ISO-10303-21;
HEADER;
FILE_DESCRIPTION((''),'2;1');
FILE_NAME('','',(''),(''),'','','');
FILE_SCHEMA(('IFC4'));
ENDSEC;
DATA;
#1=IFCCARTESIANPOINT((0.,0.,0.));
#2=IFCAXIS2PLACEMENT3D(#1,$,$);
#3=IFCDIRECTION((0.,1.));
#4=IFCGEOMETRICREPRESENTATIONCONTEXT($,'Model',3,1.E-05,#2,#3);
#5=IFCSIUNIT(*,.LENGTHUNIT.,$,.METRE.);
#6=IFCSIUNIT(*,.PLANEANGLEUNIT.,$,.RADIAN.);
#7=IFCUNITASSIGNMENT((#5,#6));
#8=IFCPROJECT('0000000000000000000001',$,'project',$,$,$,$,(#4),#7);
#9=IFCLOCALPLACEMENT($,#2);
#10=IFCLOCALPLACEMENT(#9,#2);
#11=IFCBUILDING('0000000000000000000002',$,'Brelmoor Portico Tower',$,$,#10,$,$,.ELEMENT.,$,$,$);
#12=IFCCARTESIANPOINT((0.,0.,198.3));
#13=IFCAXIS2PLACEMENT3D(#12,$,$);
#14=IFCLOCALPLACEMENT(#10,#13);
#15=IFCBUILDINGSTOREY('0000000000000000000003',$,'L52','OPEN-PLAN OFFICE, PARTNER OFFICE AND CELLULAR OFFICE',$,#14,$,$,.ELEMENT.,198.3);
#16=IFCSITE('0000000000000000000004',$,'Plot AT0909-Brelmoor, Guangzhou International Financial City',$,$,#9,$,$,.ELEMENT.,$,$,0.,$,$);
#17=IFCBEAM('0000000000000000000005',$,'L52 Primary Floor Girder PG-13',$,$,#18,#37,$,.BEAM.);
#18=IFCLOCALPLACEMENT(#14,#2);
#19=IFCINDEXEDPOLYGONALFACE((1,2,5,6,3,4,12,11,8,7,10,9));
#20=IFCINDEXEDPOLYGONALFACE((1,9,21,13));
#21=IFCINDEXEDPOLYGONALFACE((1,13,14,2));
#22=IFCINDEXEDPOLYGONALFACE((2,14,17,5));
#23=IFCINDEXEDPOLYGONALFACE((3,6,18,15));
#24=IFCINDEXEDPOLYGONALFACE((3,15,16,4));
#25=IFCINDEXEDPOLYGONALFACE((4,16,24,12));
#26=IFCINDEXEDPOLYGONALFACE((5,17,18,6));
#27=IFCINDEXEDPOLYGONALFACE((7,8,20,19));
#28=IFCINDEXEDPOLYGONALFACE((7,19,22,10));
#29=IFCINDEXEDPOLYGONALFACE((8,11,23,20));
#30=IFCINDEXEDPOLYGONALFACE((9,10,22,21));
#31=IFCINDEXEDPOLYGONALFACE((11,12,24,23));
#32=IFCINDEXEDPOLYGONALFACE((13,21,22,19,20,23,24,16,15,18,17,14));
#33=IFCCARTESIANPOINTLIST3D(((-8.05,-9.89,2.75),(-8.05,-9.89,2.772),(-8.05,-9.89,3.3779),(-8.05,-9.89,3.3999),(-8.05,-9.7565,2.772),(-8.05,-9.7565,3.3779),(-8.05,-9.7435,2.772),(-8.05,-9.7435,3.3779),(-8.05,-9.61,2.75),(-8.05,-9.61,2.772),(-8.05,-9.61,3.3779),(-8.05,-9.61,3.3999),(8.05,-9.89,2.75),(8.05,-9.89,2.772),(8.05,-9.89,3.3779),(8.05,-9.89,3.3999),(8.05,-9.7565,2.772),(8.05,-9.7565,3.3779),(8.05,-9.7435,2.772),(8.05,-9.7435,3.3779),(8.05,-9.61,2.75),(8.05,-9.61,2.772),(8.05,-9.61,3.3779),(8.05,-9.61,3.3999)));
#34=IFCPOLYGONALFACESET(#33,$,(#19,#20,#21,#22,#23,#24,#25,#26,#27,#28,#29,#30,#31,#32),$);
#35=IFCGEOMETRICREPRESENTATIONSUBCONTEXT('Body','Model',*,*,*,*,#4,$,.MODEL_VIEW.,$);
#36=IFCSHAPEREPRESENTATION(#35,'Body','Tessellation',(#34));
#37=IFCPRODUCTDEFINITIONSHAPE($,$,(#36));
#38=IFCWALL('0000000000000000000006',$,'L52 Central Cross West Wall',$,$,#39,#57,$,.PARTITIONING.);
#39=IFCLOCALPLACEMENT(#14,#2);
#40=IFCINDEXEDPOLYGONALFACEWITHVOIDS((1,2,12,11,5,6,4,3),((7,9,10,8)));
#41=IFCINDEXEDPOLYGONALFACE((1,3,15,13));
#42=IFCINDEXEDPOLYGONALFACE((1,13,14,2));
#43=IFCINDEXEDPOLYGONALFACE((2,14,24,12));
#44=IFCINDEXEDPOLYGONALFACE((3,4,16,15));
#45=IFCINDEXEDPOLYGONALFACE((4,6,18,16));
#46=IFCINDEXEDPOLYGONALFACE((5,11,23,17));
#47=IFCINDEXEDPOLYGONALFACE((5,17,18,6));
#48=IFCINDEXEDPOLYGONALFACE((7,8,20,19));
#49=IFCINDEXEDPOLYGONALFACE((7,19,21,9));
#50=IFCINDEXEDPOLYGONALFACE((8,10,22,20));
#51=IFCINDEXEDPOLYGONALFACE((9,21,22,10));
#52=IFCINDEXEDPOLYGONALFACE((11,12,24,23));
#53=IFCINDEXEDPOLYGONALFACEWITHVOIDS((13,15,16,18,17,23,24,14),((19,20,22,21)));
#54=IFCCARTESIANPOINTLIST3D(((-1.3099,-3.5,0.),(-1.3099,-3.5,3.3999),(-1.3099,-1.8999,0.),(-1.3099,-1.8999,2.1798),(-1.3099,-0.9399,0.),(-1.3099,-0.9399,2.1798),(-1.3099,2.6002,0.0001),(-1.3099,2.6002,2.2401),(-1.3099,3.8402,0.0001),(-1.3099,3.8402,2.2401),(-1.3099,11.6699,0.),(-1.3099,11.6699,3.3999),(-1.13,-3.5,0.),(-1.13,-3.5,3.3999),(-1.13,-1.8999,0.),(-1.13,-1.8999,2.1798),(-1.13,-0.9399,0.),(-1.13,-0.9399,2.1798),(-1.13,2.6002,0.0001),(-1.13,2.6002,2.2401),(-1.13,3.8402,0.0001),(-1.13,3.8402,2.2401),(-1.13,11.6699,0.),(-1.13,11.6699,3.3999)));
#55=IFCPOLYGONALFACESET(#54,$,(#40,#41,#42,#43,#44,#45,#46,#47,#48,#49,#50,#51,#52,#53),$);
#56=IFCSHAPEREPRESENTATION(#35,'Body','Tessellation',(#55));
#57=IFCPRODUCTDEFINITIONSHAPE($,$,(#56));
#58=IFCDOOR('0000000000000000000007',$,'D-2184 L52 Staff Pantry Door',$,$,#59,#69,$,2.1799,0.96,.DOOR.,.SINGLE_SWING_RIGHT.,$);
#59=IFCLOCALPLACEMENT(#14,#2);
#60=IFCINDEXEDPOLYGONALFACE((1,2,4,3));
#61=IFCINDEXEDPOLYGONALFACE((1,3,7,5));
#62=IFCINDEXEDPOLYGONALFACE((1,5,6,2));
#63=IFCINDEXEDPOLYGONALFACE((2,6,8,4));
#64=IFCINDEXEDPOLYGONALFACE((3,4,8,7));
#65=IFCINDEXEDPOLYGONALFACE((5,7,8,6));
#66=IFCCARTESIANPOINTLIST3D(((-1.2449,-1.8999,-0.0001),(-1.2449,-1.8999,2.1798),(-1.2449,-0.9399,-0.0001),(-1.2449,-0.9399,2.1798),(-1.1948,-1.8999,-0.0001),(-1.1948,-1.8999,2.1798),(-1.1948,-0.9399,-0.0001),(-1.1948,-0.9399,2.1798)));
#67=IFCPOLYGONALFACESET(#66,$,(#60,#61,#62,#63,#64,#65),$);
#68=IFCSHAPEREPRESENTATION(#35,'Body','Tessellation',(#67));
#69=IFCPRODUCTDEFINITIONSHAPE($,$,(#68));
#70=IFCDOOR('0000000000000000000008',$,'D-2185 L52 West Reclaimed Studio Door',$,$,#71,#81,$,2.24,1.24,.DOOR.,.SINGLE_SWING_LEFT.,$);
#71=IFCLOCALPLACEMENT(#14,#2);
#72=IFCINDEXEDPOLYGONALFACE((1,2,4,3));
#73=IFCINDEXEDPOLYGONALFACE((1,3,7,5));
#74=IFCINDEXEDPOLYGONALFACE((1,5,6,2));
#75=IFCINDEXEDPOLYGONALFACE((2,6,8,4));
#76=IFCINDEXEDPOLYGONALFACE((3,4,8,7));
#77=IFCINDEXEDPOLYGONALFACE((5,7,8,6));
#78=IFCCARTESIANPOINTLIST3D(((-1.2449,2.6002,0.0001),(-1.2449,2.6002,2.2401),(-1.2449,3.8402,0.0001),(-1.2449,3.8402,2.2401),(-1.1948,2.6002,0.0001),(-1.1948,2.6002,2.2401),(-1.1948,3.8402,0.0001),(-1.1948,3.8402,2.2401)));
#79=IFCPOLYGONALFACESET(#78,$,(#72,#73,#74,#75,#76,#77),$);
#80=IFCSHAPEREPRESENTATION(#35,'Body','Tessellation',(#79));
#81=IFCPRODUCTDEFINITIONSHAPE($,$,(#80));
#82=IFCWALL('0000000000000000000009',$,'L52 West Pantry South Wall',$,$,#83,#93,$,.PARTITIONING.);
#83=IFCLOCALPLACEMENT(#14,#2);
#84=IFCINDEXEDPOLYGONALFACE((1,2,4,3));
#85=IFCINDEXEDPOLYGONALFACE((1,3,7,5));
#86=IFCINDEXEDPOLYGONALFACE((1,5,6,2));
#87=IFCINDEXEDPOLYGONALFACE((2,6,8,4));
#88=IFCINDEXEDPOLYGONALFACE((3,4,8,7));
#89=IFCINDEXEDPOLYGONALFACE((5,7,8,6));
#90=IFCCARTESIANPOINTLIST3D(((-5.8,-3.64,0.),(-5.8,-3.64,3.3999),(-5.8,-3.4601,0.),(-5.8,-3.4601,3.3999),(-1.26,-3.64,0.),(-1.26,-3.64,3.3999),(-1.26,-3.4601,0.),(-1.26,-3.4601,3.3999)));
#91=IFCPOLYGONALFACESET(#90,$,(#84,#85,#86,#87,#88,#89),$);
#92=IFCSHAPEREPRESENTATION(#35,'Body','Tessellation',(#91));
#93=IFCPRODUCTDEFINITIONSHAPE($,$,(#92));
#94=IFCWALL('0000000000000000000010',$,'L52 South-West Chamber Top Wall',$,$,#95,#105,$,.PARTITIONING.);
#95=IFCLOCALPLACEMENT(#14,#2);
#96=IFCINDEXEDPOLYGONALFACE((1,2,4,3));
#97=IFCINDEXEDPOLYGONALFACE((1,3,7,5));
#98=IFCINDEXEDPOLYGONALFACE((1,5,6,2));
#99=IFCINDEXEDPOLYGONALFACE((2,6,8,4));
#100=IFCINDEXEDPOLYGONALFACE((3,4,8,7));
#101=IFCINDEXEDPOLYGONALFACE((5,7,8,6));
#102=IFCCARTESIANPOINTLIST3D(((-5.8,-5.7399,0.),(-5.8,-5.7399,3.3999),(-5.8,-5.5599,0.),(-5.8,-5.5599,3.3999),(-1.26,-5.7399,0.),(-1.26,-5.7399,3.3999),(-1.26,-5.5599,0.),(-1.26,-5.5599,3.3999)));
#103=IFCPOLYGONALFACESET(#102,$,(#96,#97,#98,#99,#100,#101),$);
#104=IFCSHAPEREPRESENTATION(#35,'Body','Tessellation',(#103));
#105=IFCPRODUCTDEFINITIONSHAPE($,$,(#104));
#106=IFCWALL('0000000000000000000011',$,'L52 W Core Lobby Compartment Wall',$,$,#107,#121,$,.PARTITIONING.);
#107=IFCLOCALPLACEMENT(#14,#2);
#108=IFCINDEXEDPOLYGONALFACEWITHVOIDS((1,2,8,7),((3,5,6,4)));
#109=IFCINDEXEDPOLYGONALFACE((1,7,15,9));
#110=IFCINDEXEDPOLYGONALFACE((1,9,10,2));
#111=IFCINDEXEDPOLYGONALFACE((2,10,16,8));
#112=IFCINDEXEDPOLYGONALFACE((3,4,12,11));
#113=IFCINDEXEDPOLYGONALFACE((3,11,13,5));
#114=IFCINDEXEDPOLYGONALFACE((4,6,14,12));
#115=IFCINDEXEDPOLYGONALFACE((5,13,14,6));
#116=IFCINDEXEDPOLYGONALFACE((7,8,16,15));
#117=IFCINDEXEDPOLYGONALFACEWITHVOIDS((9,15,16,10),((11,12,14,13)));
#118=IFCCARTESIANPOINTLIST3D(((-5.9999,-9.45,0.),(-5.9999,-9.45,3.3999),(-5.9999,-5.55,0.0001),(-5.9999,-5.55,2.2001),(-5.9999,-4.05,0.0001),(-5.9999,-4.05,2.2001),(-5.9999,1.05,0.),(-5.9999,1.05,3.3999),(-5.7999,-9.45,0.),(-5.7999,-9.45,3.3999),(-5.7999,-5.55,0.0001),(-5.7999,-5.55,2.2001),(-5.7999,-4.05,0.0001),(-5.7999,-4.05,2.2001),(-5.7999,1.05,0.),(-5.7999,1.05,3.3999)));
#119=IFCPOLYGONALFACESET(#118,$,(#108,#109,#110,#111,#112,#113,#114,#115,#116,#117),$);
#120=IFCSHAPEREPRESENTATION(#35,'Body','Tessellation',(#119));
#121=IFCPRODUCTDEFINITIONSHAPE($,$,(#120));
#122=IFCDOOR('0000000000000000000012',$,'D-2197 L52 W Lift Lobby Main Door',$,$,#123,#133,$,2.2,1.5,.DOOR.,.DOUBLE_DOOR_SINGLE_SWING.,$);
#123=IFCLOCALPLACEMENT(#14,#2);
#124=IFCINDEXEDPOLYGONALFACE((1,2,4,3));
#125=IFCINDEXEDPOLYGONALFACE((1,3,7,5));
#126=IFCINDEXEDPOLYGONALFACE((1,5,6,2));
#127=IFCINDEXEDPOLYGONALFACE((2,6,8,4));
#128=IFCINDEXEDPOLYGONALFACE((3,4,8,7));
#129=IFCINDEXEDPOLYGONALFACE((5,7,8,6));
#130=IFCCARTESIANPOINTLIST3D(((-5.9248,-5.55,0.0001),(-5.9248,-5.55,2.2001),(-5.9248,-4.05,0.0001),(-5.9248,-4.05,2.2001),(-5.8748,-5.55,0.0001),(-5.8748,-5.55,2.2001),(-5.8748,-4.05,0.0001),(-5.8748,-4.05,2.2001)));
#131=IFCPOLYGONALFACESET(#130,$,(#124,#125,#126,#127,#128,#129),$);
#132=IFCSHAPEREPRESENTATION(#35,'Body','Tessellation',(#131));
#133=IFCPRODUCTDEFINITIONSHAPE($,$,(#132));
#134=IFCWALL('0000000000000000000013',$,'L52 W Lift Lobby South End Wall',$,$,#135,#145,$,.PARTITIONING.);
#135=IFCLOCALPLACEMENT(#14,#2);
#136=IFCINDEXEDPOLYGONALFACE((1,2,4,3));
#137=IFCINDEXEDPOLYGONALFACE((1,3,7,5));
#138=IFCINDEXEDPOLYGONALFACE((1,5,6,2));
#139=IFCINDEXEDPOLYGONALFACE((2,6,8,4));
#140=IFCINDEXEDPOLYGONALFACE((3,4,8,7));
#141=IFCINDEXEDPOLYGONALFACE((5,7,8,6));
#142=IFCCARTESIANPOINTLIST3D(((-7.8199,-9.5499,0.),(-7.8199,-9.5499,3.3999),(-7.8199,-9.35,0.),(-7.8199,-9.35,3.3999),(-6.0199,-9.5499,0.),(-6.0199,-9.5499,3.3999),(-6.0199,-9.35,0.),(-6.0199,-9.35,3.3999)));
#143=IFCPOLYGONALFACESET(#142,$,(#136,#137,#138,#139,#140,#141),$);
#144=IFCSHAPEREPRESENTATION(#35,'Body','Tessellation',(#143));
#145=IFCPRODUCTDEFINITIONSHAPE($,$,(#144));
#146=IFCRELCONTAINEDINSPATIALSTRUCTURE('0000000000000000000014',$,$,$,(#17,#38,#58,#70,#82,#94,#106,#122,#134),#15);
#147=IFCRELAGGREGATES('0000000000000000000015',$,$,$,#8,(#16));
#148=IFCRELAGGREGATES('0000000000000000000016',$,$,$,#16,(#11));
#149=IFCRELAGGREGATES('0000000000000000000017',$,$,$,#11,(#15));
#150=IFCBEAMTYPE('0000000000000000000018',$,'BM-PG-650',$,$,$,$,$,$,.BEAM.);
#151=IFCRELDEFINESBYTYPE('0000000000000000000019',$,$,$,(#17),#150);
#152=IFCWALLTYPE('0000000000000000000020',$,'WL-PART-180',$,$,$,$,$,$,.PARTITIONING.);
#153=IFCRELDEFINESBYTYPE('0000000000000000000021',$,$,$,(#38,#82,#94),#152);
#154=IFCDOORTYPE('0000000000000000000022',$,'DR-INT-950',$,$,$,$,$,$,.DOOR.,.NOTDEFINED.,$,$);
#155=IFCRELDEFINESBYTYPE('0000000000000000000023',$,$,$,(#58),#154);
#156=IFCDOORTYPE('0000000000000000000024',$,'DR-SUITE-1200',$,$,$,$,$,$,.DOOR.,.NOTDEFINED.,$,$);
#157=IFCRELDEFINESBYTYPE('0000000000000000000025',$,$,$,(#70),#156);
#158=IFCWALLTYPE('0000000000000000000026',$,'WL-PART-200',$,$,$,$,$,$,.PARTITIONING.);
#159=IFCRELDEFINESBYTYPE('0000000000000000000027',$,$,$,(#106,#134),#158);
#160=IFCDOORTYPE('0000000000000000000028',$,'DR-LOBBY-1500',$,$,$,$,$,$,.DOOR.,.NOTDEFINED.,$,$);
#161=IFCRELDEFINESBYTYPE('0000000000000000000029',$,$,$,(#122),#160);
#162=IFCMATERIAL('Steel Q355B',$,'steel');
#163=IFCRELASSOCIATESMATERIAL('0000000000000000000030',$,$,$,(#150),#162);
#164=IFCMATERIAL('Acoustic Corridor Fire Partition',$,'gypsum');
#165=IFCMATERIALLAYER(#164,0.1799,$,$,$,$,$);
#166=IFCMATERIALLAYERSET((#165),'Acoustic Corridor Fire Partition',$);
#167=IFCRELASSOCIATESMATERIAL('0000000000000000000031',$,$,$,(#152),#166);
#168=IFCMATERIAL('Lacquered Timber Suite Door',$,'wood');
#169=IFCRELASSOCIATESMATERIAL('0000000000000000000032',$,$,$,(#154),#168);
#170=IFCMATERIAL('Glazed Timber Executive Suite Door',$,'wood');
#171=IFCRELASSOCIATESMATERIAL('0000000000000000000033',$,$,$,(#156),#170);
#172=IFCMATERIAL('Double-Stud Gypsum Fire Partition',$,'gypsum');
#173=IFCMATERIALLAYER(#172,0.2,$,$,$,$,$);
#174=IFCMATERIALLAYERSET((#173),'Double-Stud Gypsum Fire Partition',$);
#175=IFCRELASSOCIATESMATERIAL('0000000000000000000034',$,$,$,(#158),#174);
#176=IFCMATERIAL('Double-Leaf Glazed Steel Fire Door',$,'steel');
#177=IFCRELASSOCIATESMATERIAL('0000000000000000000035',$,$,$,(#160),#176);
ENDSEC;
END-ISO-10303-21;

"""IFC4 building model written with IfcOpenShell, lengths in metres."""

from ifc_helpers import new_model, si_unit, direction, frame, frame_2d, origin, origin_2d, place, context, subcontext, project, spatial, rectangle, i_section, extrude, material, layer, layer_set, material_profile, profile_set, type_object, element, fill, save


model = new_model("IFC4")

# Units and contexts
model_context = context("Model", 3, precision=1e-05, world=origin(), true_north=direction((0.0, 1.0)))
body_context = subcontext(model_context, "Body", "Model", "MODEL_VIEW")
ifc_project = project(units=[si_unit("LENGTHUNIT", "METRE"), si_unit("PLANEANGLEUNIT", "RADIAN")], contexts=[model_context])

# Site, building, storey
site_placement = place(None, origin())
site = spatial("IfcSite", under=ifc_project, at=site_placement, Name="Plot AT0909-Brelmoor, Guangzhou International Financial City", CompositionType="ELEMENT", RefElevation=0.0)
building_placement = place(site_placement, origin())
building = spatial("IfcBuilding", under=site, at=building_placement, Name="Brelmoor Portico Tower", CompositionType="ELEMENT")
storey_placement = place(building_placement, frame((0.0, 0.0, 198.3)))
storey = spatial("IfcBuildingStorey", under=building, at=storey_placement, Name="L52", Description="OPEN-PLAN OFFICE, PARTNER OFFICE AND CELLULAR OFFICE", CompositionType="ELEMENT", Elevation=198.3)

# Beam
ifc_material_1 = material(Name="Steel Q355B", Category="steel")
ifc_material_profile = material_profile(ifc_material_1, i_section(OverallWidth=0.28, OverallDepth=0.6499, WebThickness=0.0129, FlangeThickness=0.022, at=origin_2d()), Name="HN 650x280x13x22")
ifc_profile_set = profile_set([ifc_material_profile], Name="Steel Q355B")
beam_type = type_object("IfcBeamType", Name="BM-PG-650", PredefinedType="BEAM", material=ifc_profile_set)
beam_placement = place(storey_placement, frame((-8.05, -9.75, 3.075), z_axis=(1.0, 0.0, 0.0), x_axis=(0.0, 1.0, 0.0)))
element("IfcBeam", 1, at=beam_placement, inside=storey, type_object=beam_type, Name="L52 Primary Floor Girder PG-13", PredefinedType="BEAM", context=body_context, shape_type="SweptSolid", body=[
    extrude(i_section(OverallWidth=0.28, OverallDepth=0.6499, WebThickness=0.0129, FlangeThickness=0.022, at=origin_2d()), origin(), (0.0, 0.0, 1.0), 16.1001),
])

# Wall, openings, doors
ifc_material_2 = material(Name="Acoustic Corridor Fire Partition", Category="gypsum")
ifc_layer_1 = layer(ifc_material_2, 0.1799)
ifc_layer_set_1 = layer_set([ifc_layer_1], Name="Acoustic Corridor Fire Partition")
wall_type_1 = type_object("IfcWallType", Name="WL-PART-180", PredefinedType="PARTITIONING", material=ifc_layer_set_1)
wall_1_placement = place(storey_placement, frame((-1.22, -3.5, 0.0), z_axis=(0.0, 0.0, 1.0), x_axis=(0.0, 1.0, 0.0)))
wall_1 = element("IfcWall", 2, at=wall_1_placement, inside=storey, type_object=wall_type_1, Name="L52 Central Cross West Wall", PredefinedType="PARTITIONING", context=body_context, shape_type="SweptSolid", body=[
    extrude(rectangle(XDim=15.1699, YDim=0.1799, at=frame_2d((7.585, 0.0))), origin(), (0.0, 0.0, 1.0), 3.3999),
])
opening_1_placement = place(wall_1_placement, frame((6.1001, 0.0, 0.0)))
opening_1 = element("IfcOpeningElement", 3, at=opening_1_placement, cuts=wall_1, PredefinedType="OPENING", context=body_context, shape_type="SweptSolid", body=[
    extrude(rectangle(XDim=1.24, YDim=2.24, at=frame_2d((0.6201, 1.1201))), frame((0.0, 0.0999, 0.0), z_axis=(0.0, -1.0, 0.0), x_axis=(1.0, 0.0, 0.0)), (0.0, 0.0, 1.0), 0.2),
])
opening_2_placement = place(wall_1_placement, frame((1.6001, 0.0, 0.0)))
opening_2 = element("IfcOpeningElement", 4, at=opening_2_placement, cuts=wall_1, PredefinedType="OPENING", context=body_context, shape_type="SweptSolid", body=[
    extrude(rectangle(XDim=0.96, YDim=2.1799, at=frame_2d((0.48, 1.0898))), frame((0.0, 0.0999, 0.0), z_axis=(0.0, -1.0, 0.0), x_axis=(1.0, 0.0, 0.0)), (0.0, 0.0, 1.0), 0.2),
])
ifc_material_3 = material(Name="Lacquered Timber Suite Door", Category="wood")
door_type_1 = type_object("IfcDoorType", Name="DR-INT-950", OperationType="NOTDEFINED", PredefinedType="DOOR", material=ifc_material_3)
door_1_placement = place(opening_2_placement, origin())
door_1 = element("IfcDoor", 5, at=door_1_placement, inside=storey, type_object=door_type_1, Name="D-2184 L52 Staff Pantry Door", OperationType="SINGLE_SWING_RIGHT", OverallHeight=2.1799, OverallWidth=0.96, PredefinedType="DOOR", context=body_context, shape_type="SweptSolid", body=[
    extrude(rectangle(XDim=0.96, YDim=2.1799, at=frame_2d((0.48, 1.0898))), frame((0.0, 0.0249, 0.0), z_axis=(0.0, -1.0, 0.0), x_axis=(1.0, 0.0, 0.0)), (0.0, 0.0, 1.0), 0.05),
])
fill(opening_2, door_1)
ifc_material_4 = material(Name="Glazed Timber Executive Suite Door", Category="wood")
door_type_2 = type_object("IfcDoorType", Name="DR-SUITE-1200", OperationType="NOTDEFINED", PredefinedType="DOOR", material=ifc_material_4)
door_2_placement = place(opening_1_placement, origin())
door_2 = element("IfcDoor", 6, at=door_2_placement, inside=storey, type_object=door_type_2, Name="D-2185 L52 West Reclaimed Studio Door", OperationType="SINGLE_SWING_LEFT", OverallHeight=2.24, OverallWidth=1.24, PredefinedType="DOOR", context=body_context, shape_type="SweptSolid", body=[
    extrude(rectangle(XDim=1.24, YDim=2.24, at=frame_2d((0.6201, 1.1201))), frame((0.0, 0.0249, 0.0), z_axis=(0.0, -1.0, 0.0), x_axis=(1.0, 0.0, 0.0)), (0.0, 0.0, 1.0), 0.05),
])
fill(opening_1, door_2)

# Walls
for number, where, z_axis, x_axis, name in (
    (7, (-5.8, -3.55, 0.0), (0.0, 0.0, 1.0), (1.0, 0.0, 0.0), "L52 West Pantry South Wall"),
    (8, (-5.8, -5.6499, 0.0), (0.0, 0.0, 1.0), (1.0, 0.0, 0.0), "L52 South-West Chamber Top Wall"),
):
    element("IfcWall", number, at=place(storey_placement, frame(where, z_axis=z_axis, x_axis=x_axis)), inside=storey, type_object=wall_type_1, Name=name, PredefinedType="PARTITIONING", context=body_context, shape_type="SweptSolid", body=[
        extrude(rectangle(XDim=4.54, YDim=0.1799, at=frame_2d((2.27, 0.0))), origin(), (0.0, 0.0, 1.0), 3.3999),
    ])

# Wall, opening, door
ifc_material_5 = material(Name="Double-Stud Gypsum Fire Partition", Category="gypsum")
ifc_layer_2 = layer(ifc_material_5, 0.2)
ifc_layer_set_2 = layer_set([ifc_layer_2], Name="Double-Stud Gypsum Fire Partition")
wall_type_2 = type_object("IfcWallType", Name="WL-PART-200", PredefinedType="PARTITIONING", material=ifc_layer_set_2)
wall_2_placement = place(storey_placement, frame((-5.8999, -9.45, 0.0), z_axis=(0.0, 0.0, 1.0), x_axis=(0.0, 1.0, 0.0)))
wall_2 = element("IfcWall", 9, at=wall_2_placement, inside=storey, type_object=wall_type_2, Name="L52 W Core Lobby Compartment Wall", PredefinedType="PARTITIONING", context=body_context, shape_type="SweptSolid", body=[
    extrude(rectangle(XDim=10.5, YDim=0.2, at=frame_2d((5.25, 0.0))), origin(), (0.0, 0.0, 1.0), 3.3999),
])
opening_3_placement = place(wall_2_placement, frame((3.8999, 0.0, 0.0)))
opening_3 = element("IfcOpeningElement", 10, at=opening_3_placement, cuts=wall_2, PredefinedType="OPENING", context=body_context, shape_type="SweptSolid", body=[
    extrude(rectangle(XDim=1.5, YDim=2.2, at=frame_2d((0.75, 1.1001))), frame((0.0, 0.1099, 0.0), z_axis=(0.0, -1.0, 0.0), x_axis=(1.0, 0.0, 0.0)), (0.0, 0.0, 1.0), 0.22),
])
ifc_material_6 = material(Name="Double-Leaf Glazed Steel Fire Door", Category="steel")
door_type_3 = type_object("IfcDoorType", Name="DR-LOBBY-1500", OperationType="NOTDEFINED", PredefinedType="DOOR", material=ifc_material_6)
door_3_placement = place(opening_3_placement, origin())
door_3 = element("IfcDoor", 11, at=door_3_placement, inside=storey, type_object=door_type_3, Name="D-2197 L52 W Lift Lobby Main Door", OperationType="DOUBLE_DOOR_SINGLE_SWING", OverallHeight=2.2, OverallWidth=1.5, PredefinedType="DOOR", context=body_context, shape_type="SweptSolid", body=[
    extrude(rectangle(XDim=1.5, YDim=2.2, at=frame_2d((0.75, 1.1001))), frame((0.0, 0.0249, 0.0), z_axis=(0.0, -1.0, 0.0), x_axis=(1.0, 0.0, 0.0)), (0.0, 0.0, 1.0), 0.05),
])
fill(opening_3, door_3)

# Wall
wall_3_placement = place(storey_placement, frame((-6.02, -9.45, 0.0), z_axis=(0.0, 0.0, 1.0), x_axis=(-1.0, 0.0, 0.0)))
element("IfcWall", 12, at=wall_3_placement, inside=storey, type_object=wall_type_2, Name="L52 W Lift Lobby South End Wall", PredefinedType="PARTITIONING", context=body_context, shape_type="SweptSolid", body=[
    extrude(rectangle(XDim=1.8, YDim=0.2, at=frame_2d((0.8999, 0.0))), origin(), (0.0, 0.0, 1.0), 3.3999),
])

save(model, "model.ifc")
